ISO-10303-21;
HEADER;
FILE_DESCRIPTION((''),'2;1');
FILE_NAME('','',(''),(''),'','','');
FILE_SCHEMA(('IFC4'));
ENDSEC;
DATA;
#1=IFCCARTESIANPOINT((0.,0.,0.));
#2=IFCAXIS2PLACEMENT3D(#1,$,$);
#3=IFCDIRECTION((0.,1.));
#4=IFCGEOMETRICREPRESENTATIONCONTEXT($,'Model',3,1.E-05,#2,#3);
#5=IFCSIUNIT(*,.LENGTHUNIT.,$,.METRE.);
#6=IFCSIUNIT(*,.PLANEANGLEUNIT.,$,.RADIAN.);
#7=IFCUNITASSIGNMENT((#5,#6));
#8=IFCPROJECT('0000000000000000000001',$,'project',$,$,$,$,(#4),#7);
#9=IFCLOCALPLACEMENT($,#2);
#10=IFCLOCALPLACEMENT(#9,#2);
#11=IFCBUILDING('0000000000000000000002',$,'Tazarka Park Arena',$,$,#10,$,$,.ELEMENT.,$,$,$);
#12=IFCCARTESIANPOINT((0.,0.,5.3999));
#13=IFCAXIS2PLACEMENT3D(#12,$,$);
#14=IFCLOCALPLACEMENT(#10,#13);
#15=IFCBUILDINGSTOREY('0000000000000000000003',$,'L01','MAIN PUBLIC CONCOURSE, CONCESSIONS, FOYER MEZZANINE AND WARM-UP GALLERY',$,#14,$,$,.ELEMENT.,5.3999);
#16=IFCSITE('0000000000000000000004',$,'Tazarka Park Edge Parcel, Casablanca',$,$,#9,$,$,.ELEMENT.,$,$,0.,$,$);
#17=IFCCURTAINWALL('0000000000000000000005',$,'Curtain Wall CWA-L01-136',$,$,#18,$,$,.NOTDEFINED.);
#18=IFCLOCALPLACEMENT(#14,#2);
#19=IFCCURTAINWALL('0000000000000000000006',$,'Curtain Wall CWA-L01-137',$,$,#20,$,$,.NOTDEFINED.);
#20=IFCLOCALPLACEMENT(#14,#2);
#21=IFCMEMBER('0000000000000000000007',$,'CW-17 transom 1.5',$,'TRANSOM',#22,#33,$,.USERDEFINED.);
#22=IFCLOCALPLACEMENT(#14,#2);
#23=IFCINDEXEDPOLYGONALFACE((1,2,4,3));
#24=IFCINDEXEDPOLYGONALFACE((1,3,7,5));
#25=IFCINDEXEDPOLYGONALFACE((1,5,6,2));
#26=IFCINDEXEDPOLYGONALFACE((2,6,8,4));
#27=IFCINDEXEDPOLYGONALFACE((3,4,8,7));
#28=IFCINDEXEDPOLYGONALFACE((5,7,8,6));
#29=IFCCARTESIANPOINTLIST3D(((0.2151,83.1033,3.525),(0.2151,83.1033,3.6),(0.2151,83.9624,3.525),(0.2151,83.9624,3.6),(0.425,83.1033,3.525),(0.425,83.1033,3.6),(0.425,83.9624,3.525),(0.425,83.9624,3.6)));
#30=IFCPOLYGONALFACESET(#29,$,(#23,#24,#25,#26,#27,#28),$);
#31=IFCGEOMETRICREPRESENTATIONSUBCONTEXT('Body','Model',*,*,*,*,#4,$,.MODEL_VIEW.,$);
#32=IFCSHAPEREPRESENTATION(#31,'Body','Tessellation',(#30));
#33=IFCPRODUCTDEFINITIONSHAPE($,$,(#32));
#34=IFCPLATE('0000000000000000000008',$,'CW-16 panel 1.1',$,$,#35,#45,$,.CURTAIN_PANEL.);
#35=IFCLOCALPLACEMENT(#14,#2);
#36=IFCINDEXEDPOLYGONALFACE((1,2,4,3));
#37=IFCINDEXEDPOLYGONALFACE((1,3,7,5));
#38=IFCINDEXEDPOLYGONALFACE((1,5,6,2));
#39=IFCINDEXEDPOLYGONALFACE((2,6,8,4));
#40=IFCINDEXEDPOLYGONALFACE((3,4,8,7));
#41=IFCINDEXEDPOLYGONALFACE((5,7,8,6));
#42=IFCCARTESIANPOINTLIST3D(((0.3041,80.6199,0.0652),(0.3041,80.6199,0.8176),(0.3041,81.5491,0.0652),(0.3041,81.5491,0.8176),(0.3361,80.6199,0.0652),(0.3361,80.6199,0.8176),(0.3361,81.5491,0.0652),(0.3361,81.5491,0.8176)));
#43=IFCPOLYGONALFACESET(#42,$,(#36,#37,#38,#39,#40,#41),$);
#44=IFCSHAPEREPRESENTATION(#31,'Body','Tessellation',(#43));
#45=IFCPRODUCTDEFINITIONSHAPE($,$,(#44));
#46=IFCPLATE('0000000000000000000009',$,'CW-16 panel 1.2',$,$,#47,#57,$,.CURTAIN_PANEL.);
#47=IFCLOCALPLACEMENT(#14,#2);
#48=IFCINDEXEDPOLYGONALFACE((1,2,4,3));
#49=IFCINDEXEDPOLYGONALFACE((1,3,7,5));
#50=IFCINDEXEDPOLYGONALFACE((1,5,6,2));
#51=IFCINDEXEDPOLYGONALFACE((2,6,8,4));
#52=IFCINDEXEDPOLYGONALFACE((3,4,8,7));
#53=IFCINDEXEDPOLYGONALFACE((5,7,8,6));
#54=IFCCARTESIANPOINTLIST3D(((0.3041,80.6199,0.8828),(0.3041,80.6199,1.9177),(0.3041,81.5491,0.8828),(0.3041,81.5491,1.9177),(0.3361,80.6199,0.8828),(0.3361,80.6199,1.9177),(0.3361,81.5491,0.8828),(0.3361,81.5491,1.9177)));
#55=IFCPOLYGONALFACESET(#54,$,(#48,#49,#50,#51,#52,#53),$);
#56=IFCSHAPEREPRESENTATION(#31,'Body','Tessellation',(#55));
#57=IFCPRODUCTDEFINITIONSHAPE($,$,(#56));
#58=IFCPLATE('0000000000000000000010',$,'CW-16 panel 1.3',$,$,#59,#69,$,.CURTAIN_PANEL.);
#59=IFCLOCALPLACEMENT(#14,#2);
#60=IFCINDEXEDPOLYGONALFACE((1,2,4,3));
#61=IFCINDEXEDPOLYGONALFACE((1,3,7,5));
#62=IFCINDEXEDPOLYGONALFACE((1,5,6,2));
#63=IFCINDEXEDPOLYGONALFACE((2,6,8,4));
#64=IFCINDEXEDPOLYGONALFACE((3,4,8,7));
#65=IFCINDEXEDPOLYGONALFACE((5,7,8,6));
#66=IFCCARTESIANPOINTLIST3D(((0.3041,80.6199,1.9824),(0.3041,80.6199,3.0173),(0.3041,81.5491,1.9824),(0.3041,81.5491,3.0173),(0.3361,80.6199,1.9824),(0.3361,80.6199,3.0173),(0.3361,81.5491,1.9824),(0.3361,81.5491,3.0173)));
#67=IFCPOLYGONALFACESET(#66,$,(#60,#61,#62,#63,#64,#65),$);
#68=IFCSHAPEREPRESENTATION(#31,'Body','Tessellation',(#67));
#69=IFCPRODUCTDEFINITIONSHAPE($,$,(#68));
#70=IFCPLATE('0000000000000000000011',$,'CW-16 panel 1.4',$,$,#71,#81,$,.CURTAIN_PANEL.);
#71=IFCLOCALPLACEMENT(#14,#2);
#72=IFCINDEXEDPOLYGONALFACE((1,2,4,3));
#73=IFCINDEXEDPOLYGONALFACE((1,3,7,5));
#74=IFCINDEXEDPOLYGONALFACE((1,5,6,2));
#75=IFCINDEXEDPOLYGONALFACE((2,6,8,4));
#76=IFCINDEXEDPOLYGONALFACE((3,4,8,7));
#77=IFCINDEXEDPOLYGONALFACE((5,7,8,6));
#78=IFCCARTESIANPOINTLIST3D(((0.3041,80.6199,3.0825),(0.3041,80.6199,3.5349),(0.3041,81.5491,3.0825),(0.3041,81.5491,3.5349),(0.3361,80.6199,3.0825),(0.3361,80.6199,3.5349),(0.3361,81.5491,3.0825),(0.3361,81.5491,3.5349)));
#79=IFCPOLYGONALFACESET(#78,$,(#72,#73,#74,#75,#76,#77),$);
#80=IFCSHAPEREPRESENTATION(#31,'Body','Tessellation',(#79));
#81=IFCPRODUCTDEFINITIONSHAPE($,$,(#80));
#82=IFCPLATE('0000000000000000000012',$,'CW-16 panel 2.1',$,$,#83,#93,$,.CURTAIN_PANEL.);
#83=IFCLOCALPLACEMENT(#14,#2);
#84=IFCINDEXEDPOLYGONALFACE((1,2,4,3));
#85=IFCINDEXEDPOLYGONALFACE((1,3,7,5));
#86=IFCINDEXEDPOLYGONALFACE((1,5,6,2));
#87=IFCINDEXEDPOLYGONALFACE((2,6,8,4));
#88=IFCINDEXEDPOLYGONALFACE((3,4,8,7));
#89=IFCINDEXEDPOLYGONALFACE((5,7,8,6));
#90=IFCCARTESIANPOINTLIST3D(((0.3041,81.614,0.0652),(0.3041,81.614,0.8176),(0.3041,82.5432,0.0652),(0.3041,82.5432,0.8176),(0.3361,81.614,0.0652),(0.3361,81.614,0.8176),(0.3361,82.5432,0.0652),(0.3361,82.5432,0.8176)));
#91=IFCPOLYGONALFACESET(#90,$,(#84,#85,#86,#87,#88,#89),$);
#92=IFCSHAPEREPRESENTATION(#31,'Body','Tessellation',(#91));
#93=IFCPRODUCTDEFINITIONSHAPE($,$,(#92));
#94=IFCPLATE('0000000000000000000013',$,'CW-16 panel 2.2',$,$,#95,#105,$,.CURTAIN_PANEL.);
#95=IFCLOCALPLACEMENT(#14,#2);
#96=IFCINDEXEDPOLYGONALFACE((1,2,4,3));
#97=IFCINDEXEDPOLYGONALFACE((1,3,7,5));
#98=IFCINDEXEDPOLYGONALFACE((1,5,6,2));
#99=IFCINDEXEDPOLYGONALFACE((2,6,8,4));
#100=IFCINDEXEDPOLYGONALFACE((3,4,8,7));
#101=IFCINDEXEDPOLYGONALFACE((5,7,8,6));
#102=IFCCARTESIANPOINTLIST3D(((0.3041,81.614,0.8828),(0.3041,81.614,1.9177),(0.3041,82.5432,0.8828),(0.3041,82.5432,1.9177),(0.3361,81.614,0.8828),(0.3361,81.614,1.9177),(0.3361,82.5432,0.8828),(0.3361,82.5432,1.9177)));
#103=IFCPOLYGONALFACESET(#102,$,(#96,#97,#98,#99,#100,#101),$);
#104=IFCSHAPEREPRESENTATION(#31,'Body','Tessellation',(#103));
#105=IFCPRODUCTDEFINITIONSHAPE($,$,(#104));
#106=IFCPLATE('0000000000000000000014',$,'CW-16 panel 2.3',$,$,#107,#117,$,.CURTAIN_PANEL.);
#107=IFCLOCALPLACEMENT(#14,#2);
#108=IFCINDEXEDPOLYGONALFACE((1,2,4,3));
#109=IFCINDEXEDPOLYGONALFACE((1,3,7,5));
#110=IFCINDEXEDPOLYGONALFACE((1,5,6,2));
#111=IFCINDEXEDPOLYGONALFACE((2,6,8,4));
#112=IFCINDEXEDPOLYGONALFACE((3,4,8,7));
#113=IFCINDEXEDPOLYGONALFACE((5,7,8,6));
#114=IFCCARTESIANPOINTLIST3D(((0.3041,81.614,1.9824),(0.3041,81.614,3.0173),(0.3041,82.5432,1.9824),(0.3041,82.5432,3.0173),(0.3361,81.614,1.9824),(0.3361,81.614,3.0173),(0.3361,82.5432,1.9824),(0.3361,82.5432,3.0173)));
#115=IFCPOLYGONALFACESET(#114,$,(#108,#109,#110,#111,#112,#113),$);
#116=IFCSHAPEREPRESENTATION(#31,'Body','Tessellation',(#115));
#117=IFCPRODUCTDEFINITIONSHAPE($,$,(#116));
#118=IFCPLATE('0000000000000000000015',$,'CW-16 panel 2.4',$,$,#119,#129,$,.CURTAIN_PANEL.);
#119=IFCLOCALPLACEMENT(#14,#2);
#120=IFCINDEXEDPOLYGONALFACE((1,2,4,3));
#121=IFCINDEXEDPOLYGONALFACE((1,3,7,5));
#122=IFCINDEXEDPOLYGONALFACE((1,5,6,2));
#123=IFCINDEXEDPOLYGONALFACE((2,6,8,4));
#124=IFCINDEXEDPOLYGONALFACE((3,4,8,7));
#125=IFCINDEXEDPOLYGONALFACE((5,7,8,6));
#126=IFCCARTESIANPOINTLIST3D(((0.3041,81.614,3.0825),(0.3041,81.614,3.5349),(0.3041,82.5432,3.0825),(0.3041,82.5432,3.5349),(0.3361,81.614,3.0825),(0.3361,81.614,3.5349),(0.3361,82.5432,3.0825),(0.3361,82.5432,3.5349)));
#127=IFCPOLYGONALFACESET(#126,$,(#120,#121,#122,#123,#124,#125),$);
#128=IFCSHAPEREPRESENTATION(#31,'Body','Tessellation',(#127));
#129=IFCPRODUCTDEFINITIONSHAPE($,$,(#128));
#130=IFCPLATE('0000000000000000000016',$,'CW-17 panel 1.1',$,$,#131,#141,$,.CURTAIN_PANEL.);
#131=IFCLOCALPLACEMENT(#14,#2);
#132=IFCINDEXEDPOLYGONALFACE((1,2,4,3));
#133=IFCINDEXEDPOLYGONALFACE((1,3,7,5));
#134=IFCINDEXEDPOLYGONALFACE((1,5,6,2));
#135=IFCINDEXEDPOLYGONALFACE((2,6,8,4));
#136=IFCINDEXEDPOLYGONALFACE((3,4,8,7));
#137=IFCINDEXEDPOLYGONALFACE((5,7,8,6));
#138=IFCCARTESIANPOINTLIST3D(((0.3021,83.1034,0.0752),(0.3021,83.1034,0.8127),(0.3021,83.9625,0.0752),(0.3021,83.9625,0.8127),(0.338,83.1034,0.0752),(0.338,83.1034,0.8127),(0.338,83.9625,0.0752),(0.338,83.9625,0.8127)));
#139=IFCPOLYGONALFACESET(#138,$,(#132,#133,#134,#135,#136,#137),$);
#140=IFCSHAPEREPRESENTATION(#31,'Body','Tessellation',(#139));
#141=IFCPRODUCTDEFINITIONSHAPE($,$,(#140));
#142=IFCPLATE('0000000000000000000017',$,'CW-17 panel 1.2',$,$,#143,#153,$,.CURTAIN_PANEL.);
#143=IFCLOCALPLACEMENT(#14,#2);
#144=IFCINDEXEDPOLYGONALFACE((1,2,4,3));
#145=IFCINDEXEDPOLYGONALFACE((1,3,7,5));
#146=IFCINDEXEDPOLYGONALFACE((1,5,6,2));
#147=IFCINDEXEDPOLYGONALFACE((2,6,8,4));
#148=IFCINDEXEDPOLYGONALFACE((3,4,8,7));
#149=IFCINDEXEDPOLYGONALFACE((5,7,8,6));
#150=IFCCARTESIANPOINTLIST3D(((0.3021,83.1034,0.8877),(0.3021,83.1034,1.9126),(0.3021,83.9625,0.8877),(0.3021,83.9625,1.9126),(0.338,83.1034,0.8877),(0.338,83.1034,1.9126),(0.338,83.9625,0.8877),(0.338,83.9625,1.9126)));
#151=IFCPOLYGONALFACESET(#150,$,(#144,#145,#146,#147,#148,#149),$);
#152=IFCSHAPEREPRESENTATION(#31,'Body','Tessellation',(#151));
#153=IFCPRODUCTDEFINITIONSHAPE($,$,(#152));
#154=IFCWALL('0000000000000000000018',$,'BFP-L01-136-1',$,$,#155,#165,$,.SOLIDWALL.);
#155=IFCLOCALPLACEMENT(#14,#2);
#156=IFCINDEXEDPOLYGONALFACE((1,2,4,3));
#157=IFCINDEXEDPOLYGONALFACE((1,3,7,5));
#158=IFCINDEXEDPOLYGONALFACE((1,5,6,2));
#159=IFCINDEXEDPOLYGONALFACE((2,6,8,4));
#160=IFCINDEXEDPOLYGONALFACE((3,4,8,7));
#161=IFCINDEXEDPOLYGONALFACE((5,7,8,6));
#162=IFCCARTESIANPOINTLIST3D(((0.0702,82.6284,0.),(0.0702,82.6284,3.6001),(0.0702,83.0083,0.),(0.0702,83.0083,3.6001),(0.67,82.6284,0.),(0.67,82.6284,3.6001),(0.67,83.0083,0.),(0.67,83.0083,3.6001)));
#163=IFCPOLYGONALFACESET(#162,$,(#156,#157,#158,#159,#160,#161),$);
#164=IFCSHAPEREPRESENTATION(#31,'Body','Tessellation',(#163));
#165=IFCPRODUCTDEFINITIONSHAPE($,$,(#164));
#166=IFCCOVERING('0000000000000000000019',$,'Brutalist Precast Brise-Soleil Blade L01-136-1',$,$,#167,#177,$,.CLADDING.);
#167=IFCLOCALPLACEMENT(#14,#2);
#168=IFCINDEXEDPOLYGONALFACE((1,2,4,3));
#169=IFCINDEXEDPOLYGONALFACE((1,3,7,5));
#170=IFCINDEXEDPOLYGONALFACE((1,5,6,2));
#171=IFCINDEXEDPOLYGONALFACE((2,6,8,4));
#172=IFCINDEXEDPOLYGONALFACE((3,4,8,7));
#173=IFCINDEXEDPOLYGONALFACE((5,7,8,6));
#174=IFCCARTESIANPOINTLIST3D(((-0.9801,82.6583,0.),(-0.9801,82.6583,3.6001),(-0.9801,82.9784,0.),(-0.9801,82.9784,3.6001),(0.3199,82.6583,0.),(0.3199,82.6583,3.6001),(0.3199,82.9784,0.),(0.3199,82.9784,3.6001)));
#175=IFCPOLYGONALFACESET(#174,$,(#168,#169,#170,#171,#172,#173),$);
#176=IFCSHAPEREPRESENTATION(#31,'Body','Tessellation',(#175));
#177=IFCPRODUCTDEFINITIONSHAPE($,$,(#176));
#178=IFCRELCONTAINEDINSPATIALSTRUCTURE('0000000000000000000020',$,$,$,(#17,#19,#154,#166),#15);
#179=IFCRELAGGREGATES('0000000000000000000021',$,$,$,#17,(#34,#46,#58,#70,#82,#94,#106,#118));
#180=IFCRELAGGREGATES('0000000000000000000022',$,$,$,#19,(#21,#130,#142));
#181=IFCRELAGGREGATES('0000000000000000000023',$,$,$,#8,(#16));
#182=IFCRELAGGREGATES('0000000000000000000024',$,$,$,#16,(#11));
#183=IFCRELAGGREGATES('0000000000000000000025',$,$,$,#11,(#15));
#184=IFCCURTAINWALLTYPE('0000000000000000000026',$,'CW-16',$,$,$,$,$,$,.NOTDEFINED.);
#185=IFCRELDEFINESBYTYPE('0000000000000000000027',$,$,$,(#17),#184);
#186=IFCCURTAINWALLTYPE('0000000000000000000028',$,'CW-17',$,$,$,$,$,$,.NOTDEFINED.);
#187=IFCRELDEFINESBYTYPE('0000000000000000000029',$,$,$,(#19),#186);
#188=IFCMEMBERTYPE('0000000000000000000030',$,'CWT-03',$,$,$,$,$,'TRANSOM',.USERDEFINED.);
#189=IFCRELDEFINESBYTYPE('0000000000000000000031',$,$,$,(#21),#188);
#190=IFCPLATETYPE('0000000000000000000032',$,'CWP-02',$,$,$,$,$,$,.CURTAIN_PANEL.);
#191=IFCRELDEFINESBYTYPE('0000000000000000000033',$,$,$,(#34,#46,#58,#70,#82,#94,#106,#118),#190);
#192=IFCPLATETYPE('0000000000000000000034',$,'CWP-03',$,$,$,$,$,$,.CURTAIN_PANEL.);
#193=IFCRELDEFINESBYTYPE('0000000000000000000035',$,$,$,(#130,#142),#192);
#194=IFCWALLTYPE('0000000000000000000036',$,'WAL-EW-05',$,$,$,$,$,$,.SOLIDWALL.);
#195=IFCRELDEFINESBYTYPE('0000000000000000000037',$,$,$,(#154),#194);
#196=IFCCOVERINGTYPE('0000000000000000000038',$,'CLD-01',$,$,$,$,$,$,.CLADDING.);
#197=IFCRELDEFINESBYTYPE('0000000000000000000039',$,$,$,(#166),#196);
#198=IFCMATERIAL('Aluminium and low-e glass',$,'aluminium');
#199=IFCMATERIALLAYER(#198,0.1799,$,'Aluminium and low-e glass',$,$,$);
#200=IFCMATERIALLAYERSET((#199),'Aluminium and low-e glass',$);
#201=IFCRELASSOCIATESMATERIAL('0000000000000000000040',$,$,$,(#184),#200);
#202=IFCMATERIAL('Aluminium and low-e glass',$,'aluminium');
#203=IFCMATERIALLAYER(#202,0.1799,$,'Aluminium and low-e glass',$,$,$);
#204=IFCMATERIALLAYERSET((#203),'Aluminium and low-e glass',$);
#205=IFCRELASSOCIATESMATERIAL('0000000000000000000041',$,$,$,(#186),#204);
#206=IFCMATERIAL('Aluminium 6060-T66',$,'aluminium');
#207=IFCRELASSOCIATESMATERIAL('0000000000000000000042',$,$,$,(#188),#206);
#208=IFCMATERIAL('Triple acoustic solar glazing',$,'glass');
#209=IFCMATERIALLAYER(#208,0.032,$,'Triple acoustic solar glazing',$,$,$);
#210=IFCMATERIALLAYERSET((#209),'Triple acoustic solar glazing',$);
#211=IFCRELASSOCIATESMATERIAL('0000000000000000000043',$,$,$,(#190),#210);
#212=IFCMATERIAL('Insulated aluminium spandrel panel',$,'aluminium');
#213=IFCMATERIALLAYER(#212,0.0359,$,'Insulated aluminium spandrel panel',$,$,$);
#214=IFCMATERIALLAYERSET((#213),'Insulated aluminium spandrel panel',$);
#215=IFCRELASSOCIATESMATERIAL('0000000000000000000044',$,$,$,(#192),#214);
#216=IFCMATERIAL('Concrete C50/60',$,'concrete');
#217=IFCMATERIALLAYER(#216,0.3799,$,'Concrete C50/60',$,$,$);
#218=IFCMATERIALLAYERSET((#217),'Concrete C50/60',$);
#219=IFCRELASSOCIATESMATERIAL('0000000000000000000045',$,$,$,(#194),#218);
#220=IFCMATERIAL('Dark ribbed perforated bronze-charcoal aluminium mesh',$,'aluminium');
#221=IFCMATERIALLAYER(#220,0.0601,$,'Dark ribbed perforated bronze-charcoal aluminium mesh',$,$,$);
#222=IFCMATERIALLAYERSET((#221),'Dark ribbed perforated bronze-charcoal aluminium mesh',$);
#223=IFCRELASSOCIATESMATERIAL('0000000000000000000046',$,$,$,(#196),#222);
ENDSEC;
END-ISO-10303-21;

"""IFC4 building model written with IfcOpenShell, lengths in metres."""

from ifc_helpers import new_model, si_unit, direction, frame, frame_2d, origin, origin_2d, place, context, subcontext, project, spatial, rectangle, extrude, material, layer, layer_set, material_profile, profile_set, type_object, element, aggregate, save


model = new_model("IFC4")

# Units and contexts
model_context = context("Model", 3, precision=1e-05, world=origin(), true_north=direction((0.0, 1.0)))
body_context = subcontext(model_context, "Body", "Model", "MODEL_VIEW")
ifc_project = project(units=[si_unit("LENGTHUNIT", "METRE"), si_unit("PLANEANGLEUNIT", "RADIAN")], contexts=[model_context])

# Site, building, storey
site_placement = place(None, origin())
site = spatial("IfcSite", under=ifc_project, at=site_placement, Name="Tazarka Park Edge Parcel, Casablanca", CompositionType="ELEMENT", RefElevation=0.0)
building_placement = place(site_placement, origin())
building = spatial("IfcBuilding", under=site, at=building_placement, Name="Tazarka Park Arena", CompositionType="ELEMENT")
storey_placement = place(building_placement, frame((0.0, 0.0, 5.3999)))
storey = spatial("IfcBuildingStorey", under=building, at=storey_placement, Name="L01", Description="MAIN PUBLIC CONCOURSE, CONCESSIONS, FOYER MEZZANINE AND WARM-UP GALLERY", CompositionType="ELEMENT", Elevation=5.3999)

# Curtain wall
ifc_material_1 = material(Name="Aluminium and low-e glass", Category="aluminium")
ifc_layer_1 = layer(ifc_material_1, 0.1799, Name="Aluminium and low-e glass")
ifc_layer_set_1 = layer_set([ifc_layer_1], Name="Aluminium and low-e glass")
curtain_wall_type_1 = type_object("IfcCurtainWallType", Name="CW-16", PredefinedType="NOTDEFINED", material=ifc_layer_set_1)
curtain_wall_1_placement = place(storey_placement, origin())
curtain_wall_1 = element("IfcCurtainWall", 1, at=curtain_wall_1_placement, inside=storey, type_object=curtain_wall_type_1, Name="Curtain Wall CWA-L01-136", PredefinedType="NOTDEFINED")

# Curtain wall
ifc_material_2 = material(Name="Aluminium and low-e glass", Category="aluminium")
ifc_layer_2 = layer(ifc_material_2, 0.1799, Name="Aluminium and low-e glass")
ifc_layer_set_2 = layer_set([ifc_layer_2], Name="Aluminium and low-e glass")
curtain_wall_type_2 = type_object("IfcCurtainWallType", Name="CW-17", PredefinedType="NOTDEFINED", material=ifc_layer_set_2)
curtain_wall_2_placement = place(storey_placement, origin())
curtain_wall_2 = element("IfcCurtainWall", 2, at=curtain_wall_2_placement, inside=storey, type_object=curtain_wall_type_2, Name="Curtain Wall CWA-L01-137", PredefinedType="NOTDEFINED")

# Member
ifc_material_3 = material(Name="Aluminium 6060-T66", Category="aluminium")
ifc_material_profile_1 = material_profile(ifc_material_3, rectangle(XDim=0.21, YDim=0.075, at=origin_2d()), Name="Aluminium 6060-T66")
ifc_profile_set_1 = profile_set([ifc_material_profile_1], Name="Aluminium 6060-T66")
member_type_1 = type_object("IfcMemberType", Name="CWT-03", ElementType="TRANSOM", PredefinedType="USERDEFINED", material=ifc_profile_set_1)
member_1_placement = place(storey_placement, frame((0.3201, 83.1033, 3.5625), z_axis=(0.0, 1.0, 0.0), x_axis=(-1.0, 0.0, 0.0)))
member_1 = element("IfcMember", 3, at=member_1_placement, type_object=member_type_1, Name="CW-17 transom 1.5", ObjectType="TRANSOM", PredefinedType="USERDEFINED", context=body_context, shape_type="SweptSolid", body=[
    extrude(rectangle(XDim=0.21, YDim=0.075, at=origin_2d()), origin(), (0.0, 0.0, 1.0), 0.8591),
])

# Plates
ifc_material_4 = material(Name="Triple acoustic solar glazing", Category="glass")
ifc_layer_3 = layer(ifc_material_4, 0.032, Name="Triple acoustic solar glazing")
ifc_layer_set_3 = layer_set([ifc_layer_3], Name="Triple acoustic solar glazing")
plate_type_1 = type_object("IfcPlateType", Name="CWP-02", PredefinedType="CURTAIN_PANEL", material=ifc_layer_set_3)
plate_1_placement = place(storey_placement, frame((0.3201, 81.0845, 0.0652), z_axis=(0.0, 0.0, 1.0), x_axis=(0.0, 1.0, 0.0)))
plate_1 = element("IfcPlate", 4, at=plate_1_placement, type_object=plate_type_1, Name="CW-16 panel 1.1", PredefinedType="CURTAIN_PANEL", context=body_context, shape_type="SweptSolid", body=[
    extrude(rectangle(XDim=0.9292, YDim=0.032, at=origin_2d()), origin(), (0.0, 0.0, 1.0), 0.7524),
])
plate_2_placement = place(storey_placement, frame((0.3201, 81.0845, 0.8828), z_axis=(0.0, 0.0, 1.0), x_axis=(0.0, 1.0, 0.0)))
plate_2 = element("IfcPlate", 5, at=plate_2_placement, type_object=plate_type_1, Name="CW-16 panel 1.2", PredefinedType="CURTAIN_PANEL", context=body_context, shape_type="SweptSolid", body=[
    extrude(rectangle(XDim=0.9292, YDim=0.032, at=origin_2d()), origin(), (0.0, 0.0, 1.0), 1.0349),
])
plate_3_placement = place(storey_placement, frame((0.3201, 81.0845, 1.9824), z_axis=(0.0, 0.0, 1.0), x_axis=(0.0, 1.0, 0.0)))
plate_3 = element("IfcPlate", 6, at=plate_3_placement, type_object=plate_type_1, Name="CW-16 panel 1.3", PredefinedType="CURTAIN_PANEL", context=body_context, shape_type="SweptSolid", body=[
    extrude(rectangle(XDim=0.9292, YDim=0.032, at=origin_2d()), origin(), (0.0, 0.0, 1.0), 1.0349),
])
plate_4_placement = place(storey_placement, frame((0.3201, 81.0845, 3.0825), z_axis=(0.0, 0.0, 1.0), x_axis=(0.0, 1.0, 0.0)))
plate_4 = element("IfcPlate", 7, at=plate_4_placement, type_object=plate_type_1, Name="CW-16 panel 1.4", PredefinedType="CURTAIN_PANEL", context=body_context, shape_type="SweptSolid", body=[
    extrude(rectangle(XDim=0.9292, YDim=0.032, at=origin_2d()), origin(), (0.0, 0.0, 1.0), 0.4524),
])
plate_5_placement = place(storey_placement, frame((0.3201, 82.0786, 0.0652), z_axis=(0.0, 0.0, 1.0), x_axis=(0.0, 1.0, 0.0)))
plate_5 = element("IfcPlate", 8, at=plate_5_placement, type_object=plate_type_1, Name="CW-16 panel 2.1", PredefinedType="CURTAIN_PANEL", context=body_context, shape_type="SweptSolid", body=[
    extrude(rectangle(XDim=0.9292, YDim=0.032, at=origin_2d()), origin(), (0.0, 0.0, 1.0), 0.7524),
])
plate_6_placement = place(storey_placement, frame((0.3201, 82.0786, 0.8828), z_axis=(0.0, 0.0, 1.0), x_axis=(0.0, 1.0, 0.0)))
plate_6 = element("IfcPlate", 9, at=plate_6_placement, type_object=plate_type_1, Name="CW-16 panel 2.2", PredefinedType="CURTAIN_PANEL", context=body_context, shape_type="SweptSolid", body=[
    extrude(rectangle(XDim=0.9292, YDim=0.032, at=origin_2d()), origin(), (0.0, 0.0, 1.0), 1.0349),
])
plate_7_placement = place(storey_placement, frame((0.3201, 82.0786, 1.9824), z_axis=(0.0, 0.0, 1.0), x_axis=(0.0, 1.0, 0.0)))
plate_7 = element("IfcPlate", 10, at=plate_7_placement, type_object=plate_type_1, Name="CW-16 panel 2.3", PredefinedType="CURTAIN_PANEL", context=body_context, shape_type="SweptSolid", body=[
    extrude(rectangle(XDim=0.9292, YDim=0.032, at=origin_2d()), origin(), (0.0, 0.0, 1.0), 1.0349),
])
plate_8_placement = place(storey_placement, frame((0.3201, 82.0786, 3.0825), z_axis=(0.0, 0.0, 1.0), x_axis=(0.0, 1.0, 0.0)))
plate_8 = element("IfcPlate", 11, at=plate_8_placement, type_object=plate_type_1, Name="CW-16 panel 2.4", PredefinedType="CURTAIN_PANEL", context=body_context, shape_type="SweptSolid", body=[
    extrude(rectangle(XDim=0.9292, YDim=0.032, at=origin_2d()), origin(), (0.0, 0.0, 1.0), 0.4524),
])
aggregate(curtain_wall_1, [plate_1, plate_2, plate_3, plate_4, plate_5, plate_6, plate_7, plate_8])
ifc_material_5 = material(Name="Insulated aluminium spandrel panel", Category="aluminium")
ifc_layer_4 = layer(ifc_material_5, 0.0359, Name="Insulated aluminium spandrel panel")
ifc_layer_set_4 = layer_set([ifc_layer_4], Name="Insulated aluminium spandrel panel")
plate_type_2 = type_object("IfcPlateType", Name="CWP-03", PredefinedType="CURTAIN_PANEL", material=ifc_layer_set_4)
plate_9_placement = place(storey_placement, frame((0.3201, 83.533, 0.0752), z_axis=(0.0, 0.0, 1.0), x_axis=(0.0, 1.0, 0.0)))
plate_9 = element("IfcPlate", 12, at=plate_9_placement, type_object=plate_type_2, Name="CW-17 panel 1.1", PredefinedType="CURTAIN_PANEL", context=body_context, shape_type="SweptSolid", body=[
    extrude(rectangle(XDim=0.8591, YDim=0.0359, at=origin_2d()), origin(), (0.0, 0.0, 1.0), 0.7375),
])
plate_10_placement = place(storey_placement, frame((0.3201, 83.533, 0.8877), z_axis=(0.0, 0.0, 1.0), x_axis=(0.0, 1.0, 0.0)))
plate_10 = element("IfcPlate", 13, at=plate_10_placement, type_object=plate_type_2, Name="CW-17 panel 1.2", PredefinedType="CURTAIN_PANEL", context=body_context, shape_type="SweptSolid", body=[
    extrude(rectangle(XDim=0.8591, YDim=0.0359, at=origin_2d()), origin(), (0.0, 0.0, 1.0), 1.0249),
])
aggregate(curtain_wall_2, [member_1, plate_9, plate_10])

# Wall
ifc_material_6 = material(Name="Concrete C50/60", Category="concrete")
ifc_layer_5 = layer(ifc_material_6, 0.3799, Name="Concrete C50/60")
ifc_layer_set_5 = layer_set([ifc_layer_5], Name="Concrete C50/60")
wall_type = type_object("IfcWallType", Name="WAL-EW-05", PredefinedType="SOLIDWALL", material=ifc_layer_set_5)
wall_placement = place(storey_placement, frame((0.6699, 82.8184, 0.0), z_axis=(0.0, 0.0, 1.0), x_axis=(-1.0, 0.0, 0.0)))
element("IfcWall", 14, at=wall_placement, inside=storey, type_object=wall_type, Name="BFP-L01-136-1", PredefinedType="SOLIDWALL", context=body_context, shape_type="SweptSolid", body=[
    extrude(rectangle(XDim=0.5999, YDim=0.3799, at=frame_2d((0.2998, 0.0))), origin(), (0.0, 0.0, 1.0), 3.6001),
])

# Covering
ifc_material_7 = material(Name="Dark ribbed perforated bronze-charcoal aluminium mesh", Category="aluminium")
ifc_layer_6 = layer(ifc_material_7, 0.0601, Name="Dark ribbed perforated bronze-charcoal aluminium mesh")
ifc_layer_set_6 = layer_set([ifc_layer_6], Name="Dark ribbed perforated bronze-charcoal aluminium mesh")
covering_type = type_object("IfcCoveringType", Name="CLD-01", PredefinedType="CLADDING", material=ifc_layer_set_6)
covering_placement = place(storey_placement, frame((-0.3301, 82.8184, 0.0), z_axis=(0.0, 0.0, 1.0), x_axis=(0.0, 1.0, 0.0)))
element("IfcCovering", 15, at=covering_placement, inside=storey, type_object=covering_type, Name="Brutalist Precast Brise-Soleil Blade L01-136-1", PredefinedType="CLADDING", context=body_context, shape_type="SweptSolid", body=[
    extrude(rectangle(XDim=0.3201, YDim=1.3, at=origin_2d()), origin(), (0.0, 0.0, 1.0), 3.6001),
])

save(model, "model.ifc")
